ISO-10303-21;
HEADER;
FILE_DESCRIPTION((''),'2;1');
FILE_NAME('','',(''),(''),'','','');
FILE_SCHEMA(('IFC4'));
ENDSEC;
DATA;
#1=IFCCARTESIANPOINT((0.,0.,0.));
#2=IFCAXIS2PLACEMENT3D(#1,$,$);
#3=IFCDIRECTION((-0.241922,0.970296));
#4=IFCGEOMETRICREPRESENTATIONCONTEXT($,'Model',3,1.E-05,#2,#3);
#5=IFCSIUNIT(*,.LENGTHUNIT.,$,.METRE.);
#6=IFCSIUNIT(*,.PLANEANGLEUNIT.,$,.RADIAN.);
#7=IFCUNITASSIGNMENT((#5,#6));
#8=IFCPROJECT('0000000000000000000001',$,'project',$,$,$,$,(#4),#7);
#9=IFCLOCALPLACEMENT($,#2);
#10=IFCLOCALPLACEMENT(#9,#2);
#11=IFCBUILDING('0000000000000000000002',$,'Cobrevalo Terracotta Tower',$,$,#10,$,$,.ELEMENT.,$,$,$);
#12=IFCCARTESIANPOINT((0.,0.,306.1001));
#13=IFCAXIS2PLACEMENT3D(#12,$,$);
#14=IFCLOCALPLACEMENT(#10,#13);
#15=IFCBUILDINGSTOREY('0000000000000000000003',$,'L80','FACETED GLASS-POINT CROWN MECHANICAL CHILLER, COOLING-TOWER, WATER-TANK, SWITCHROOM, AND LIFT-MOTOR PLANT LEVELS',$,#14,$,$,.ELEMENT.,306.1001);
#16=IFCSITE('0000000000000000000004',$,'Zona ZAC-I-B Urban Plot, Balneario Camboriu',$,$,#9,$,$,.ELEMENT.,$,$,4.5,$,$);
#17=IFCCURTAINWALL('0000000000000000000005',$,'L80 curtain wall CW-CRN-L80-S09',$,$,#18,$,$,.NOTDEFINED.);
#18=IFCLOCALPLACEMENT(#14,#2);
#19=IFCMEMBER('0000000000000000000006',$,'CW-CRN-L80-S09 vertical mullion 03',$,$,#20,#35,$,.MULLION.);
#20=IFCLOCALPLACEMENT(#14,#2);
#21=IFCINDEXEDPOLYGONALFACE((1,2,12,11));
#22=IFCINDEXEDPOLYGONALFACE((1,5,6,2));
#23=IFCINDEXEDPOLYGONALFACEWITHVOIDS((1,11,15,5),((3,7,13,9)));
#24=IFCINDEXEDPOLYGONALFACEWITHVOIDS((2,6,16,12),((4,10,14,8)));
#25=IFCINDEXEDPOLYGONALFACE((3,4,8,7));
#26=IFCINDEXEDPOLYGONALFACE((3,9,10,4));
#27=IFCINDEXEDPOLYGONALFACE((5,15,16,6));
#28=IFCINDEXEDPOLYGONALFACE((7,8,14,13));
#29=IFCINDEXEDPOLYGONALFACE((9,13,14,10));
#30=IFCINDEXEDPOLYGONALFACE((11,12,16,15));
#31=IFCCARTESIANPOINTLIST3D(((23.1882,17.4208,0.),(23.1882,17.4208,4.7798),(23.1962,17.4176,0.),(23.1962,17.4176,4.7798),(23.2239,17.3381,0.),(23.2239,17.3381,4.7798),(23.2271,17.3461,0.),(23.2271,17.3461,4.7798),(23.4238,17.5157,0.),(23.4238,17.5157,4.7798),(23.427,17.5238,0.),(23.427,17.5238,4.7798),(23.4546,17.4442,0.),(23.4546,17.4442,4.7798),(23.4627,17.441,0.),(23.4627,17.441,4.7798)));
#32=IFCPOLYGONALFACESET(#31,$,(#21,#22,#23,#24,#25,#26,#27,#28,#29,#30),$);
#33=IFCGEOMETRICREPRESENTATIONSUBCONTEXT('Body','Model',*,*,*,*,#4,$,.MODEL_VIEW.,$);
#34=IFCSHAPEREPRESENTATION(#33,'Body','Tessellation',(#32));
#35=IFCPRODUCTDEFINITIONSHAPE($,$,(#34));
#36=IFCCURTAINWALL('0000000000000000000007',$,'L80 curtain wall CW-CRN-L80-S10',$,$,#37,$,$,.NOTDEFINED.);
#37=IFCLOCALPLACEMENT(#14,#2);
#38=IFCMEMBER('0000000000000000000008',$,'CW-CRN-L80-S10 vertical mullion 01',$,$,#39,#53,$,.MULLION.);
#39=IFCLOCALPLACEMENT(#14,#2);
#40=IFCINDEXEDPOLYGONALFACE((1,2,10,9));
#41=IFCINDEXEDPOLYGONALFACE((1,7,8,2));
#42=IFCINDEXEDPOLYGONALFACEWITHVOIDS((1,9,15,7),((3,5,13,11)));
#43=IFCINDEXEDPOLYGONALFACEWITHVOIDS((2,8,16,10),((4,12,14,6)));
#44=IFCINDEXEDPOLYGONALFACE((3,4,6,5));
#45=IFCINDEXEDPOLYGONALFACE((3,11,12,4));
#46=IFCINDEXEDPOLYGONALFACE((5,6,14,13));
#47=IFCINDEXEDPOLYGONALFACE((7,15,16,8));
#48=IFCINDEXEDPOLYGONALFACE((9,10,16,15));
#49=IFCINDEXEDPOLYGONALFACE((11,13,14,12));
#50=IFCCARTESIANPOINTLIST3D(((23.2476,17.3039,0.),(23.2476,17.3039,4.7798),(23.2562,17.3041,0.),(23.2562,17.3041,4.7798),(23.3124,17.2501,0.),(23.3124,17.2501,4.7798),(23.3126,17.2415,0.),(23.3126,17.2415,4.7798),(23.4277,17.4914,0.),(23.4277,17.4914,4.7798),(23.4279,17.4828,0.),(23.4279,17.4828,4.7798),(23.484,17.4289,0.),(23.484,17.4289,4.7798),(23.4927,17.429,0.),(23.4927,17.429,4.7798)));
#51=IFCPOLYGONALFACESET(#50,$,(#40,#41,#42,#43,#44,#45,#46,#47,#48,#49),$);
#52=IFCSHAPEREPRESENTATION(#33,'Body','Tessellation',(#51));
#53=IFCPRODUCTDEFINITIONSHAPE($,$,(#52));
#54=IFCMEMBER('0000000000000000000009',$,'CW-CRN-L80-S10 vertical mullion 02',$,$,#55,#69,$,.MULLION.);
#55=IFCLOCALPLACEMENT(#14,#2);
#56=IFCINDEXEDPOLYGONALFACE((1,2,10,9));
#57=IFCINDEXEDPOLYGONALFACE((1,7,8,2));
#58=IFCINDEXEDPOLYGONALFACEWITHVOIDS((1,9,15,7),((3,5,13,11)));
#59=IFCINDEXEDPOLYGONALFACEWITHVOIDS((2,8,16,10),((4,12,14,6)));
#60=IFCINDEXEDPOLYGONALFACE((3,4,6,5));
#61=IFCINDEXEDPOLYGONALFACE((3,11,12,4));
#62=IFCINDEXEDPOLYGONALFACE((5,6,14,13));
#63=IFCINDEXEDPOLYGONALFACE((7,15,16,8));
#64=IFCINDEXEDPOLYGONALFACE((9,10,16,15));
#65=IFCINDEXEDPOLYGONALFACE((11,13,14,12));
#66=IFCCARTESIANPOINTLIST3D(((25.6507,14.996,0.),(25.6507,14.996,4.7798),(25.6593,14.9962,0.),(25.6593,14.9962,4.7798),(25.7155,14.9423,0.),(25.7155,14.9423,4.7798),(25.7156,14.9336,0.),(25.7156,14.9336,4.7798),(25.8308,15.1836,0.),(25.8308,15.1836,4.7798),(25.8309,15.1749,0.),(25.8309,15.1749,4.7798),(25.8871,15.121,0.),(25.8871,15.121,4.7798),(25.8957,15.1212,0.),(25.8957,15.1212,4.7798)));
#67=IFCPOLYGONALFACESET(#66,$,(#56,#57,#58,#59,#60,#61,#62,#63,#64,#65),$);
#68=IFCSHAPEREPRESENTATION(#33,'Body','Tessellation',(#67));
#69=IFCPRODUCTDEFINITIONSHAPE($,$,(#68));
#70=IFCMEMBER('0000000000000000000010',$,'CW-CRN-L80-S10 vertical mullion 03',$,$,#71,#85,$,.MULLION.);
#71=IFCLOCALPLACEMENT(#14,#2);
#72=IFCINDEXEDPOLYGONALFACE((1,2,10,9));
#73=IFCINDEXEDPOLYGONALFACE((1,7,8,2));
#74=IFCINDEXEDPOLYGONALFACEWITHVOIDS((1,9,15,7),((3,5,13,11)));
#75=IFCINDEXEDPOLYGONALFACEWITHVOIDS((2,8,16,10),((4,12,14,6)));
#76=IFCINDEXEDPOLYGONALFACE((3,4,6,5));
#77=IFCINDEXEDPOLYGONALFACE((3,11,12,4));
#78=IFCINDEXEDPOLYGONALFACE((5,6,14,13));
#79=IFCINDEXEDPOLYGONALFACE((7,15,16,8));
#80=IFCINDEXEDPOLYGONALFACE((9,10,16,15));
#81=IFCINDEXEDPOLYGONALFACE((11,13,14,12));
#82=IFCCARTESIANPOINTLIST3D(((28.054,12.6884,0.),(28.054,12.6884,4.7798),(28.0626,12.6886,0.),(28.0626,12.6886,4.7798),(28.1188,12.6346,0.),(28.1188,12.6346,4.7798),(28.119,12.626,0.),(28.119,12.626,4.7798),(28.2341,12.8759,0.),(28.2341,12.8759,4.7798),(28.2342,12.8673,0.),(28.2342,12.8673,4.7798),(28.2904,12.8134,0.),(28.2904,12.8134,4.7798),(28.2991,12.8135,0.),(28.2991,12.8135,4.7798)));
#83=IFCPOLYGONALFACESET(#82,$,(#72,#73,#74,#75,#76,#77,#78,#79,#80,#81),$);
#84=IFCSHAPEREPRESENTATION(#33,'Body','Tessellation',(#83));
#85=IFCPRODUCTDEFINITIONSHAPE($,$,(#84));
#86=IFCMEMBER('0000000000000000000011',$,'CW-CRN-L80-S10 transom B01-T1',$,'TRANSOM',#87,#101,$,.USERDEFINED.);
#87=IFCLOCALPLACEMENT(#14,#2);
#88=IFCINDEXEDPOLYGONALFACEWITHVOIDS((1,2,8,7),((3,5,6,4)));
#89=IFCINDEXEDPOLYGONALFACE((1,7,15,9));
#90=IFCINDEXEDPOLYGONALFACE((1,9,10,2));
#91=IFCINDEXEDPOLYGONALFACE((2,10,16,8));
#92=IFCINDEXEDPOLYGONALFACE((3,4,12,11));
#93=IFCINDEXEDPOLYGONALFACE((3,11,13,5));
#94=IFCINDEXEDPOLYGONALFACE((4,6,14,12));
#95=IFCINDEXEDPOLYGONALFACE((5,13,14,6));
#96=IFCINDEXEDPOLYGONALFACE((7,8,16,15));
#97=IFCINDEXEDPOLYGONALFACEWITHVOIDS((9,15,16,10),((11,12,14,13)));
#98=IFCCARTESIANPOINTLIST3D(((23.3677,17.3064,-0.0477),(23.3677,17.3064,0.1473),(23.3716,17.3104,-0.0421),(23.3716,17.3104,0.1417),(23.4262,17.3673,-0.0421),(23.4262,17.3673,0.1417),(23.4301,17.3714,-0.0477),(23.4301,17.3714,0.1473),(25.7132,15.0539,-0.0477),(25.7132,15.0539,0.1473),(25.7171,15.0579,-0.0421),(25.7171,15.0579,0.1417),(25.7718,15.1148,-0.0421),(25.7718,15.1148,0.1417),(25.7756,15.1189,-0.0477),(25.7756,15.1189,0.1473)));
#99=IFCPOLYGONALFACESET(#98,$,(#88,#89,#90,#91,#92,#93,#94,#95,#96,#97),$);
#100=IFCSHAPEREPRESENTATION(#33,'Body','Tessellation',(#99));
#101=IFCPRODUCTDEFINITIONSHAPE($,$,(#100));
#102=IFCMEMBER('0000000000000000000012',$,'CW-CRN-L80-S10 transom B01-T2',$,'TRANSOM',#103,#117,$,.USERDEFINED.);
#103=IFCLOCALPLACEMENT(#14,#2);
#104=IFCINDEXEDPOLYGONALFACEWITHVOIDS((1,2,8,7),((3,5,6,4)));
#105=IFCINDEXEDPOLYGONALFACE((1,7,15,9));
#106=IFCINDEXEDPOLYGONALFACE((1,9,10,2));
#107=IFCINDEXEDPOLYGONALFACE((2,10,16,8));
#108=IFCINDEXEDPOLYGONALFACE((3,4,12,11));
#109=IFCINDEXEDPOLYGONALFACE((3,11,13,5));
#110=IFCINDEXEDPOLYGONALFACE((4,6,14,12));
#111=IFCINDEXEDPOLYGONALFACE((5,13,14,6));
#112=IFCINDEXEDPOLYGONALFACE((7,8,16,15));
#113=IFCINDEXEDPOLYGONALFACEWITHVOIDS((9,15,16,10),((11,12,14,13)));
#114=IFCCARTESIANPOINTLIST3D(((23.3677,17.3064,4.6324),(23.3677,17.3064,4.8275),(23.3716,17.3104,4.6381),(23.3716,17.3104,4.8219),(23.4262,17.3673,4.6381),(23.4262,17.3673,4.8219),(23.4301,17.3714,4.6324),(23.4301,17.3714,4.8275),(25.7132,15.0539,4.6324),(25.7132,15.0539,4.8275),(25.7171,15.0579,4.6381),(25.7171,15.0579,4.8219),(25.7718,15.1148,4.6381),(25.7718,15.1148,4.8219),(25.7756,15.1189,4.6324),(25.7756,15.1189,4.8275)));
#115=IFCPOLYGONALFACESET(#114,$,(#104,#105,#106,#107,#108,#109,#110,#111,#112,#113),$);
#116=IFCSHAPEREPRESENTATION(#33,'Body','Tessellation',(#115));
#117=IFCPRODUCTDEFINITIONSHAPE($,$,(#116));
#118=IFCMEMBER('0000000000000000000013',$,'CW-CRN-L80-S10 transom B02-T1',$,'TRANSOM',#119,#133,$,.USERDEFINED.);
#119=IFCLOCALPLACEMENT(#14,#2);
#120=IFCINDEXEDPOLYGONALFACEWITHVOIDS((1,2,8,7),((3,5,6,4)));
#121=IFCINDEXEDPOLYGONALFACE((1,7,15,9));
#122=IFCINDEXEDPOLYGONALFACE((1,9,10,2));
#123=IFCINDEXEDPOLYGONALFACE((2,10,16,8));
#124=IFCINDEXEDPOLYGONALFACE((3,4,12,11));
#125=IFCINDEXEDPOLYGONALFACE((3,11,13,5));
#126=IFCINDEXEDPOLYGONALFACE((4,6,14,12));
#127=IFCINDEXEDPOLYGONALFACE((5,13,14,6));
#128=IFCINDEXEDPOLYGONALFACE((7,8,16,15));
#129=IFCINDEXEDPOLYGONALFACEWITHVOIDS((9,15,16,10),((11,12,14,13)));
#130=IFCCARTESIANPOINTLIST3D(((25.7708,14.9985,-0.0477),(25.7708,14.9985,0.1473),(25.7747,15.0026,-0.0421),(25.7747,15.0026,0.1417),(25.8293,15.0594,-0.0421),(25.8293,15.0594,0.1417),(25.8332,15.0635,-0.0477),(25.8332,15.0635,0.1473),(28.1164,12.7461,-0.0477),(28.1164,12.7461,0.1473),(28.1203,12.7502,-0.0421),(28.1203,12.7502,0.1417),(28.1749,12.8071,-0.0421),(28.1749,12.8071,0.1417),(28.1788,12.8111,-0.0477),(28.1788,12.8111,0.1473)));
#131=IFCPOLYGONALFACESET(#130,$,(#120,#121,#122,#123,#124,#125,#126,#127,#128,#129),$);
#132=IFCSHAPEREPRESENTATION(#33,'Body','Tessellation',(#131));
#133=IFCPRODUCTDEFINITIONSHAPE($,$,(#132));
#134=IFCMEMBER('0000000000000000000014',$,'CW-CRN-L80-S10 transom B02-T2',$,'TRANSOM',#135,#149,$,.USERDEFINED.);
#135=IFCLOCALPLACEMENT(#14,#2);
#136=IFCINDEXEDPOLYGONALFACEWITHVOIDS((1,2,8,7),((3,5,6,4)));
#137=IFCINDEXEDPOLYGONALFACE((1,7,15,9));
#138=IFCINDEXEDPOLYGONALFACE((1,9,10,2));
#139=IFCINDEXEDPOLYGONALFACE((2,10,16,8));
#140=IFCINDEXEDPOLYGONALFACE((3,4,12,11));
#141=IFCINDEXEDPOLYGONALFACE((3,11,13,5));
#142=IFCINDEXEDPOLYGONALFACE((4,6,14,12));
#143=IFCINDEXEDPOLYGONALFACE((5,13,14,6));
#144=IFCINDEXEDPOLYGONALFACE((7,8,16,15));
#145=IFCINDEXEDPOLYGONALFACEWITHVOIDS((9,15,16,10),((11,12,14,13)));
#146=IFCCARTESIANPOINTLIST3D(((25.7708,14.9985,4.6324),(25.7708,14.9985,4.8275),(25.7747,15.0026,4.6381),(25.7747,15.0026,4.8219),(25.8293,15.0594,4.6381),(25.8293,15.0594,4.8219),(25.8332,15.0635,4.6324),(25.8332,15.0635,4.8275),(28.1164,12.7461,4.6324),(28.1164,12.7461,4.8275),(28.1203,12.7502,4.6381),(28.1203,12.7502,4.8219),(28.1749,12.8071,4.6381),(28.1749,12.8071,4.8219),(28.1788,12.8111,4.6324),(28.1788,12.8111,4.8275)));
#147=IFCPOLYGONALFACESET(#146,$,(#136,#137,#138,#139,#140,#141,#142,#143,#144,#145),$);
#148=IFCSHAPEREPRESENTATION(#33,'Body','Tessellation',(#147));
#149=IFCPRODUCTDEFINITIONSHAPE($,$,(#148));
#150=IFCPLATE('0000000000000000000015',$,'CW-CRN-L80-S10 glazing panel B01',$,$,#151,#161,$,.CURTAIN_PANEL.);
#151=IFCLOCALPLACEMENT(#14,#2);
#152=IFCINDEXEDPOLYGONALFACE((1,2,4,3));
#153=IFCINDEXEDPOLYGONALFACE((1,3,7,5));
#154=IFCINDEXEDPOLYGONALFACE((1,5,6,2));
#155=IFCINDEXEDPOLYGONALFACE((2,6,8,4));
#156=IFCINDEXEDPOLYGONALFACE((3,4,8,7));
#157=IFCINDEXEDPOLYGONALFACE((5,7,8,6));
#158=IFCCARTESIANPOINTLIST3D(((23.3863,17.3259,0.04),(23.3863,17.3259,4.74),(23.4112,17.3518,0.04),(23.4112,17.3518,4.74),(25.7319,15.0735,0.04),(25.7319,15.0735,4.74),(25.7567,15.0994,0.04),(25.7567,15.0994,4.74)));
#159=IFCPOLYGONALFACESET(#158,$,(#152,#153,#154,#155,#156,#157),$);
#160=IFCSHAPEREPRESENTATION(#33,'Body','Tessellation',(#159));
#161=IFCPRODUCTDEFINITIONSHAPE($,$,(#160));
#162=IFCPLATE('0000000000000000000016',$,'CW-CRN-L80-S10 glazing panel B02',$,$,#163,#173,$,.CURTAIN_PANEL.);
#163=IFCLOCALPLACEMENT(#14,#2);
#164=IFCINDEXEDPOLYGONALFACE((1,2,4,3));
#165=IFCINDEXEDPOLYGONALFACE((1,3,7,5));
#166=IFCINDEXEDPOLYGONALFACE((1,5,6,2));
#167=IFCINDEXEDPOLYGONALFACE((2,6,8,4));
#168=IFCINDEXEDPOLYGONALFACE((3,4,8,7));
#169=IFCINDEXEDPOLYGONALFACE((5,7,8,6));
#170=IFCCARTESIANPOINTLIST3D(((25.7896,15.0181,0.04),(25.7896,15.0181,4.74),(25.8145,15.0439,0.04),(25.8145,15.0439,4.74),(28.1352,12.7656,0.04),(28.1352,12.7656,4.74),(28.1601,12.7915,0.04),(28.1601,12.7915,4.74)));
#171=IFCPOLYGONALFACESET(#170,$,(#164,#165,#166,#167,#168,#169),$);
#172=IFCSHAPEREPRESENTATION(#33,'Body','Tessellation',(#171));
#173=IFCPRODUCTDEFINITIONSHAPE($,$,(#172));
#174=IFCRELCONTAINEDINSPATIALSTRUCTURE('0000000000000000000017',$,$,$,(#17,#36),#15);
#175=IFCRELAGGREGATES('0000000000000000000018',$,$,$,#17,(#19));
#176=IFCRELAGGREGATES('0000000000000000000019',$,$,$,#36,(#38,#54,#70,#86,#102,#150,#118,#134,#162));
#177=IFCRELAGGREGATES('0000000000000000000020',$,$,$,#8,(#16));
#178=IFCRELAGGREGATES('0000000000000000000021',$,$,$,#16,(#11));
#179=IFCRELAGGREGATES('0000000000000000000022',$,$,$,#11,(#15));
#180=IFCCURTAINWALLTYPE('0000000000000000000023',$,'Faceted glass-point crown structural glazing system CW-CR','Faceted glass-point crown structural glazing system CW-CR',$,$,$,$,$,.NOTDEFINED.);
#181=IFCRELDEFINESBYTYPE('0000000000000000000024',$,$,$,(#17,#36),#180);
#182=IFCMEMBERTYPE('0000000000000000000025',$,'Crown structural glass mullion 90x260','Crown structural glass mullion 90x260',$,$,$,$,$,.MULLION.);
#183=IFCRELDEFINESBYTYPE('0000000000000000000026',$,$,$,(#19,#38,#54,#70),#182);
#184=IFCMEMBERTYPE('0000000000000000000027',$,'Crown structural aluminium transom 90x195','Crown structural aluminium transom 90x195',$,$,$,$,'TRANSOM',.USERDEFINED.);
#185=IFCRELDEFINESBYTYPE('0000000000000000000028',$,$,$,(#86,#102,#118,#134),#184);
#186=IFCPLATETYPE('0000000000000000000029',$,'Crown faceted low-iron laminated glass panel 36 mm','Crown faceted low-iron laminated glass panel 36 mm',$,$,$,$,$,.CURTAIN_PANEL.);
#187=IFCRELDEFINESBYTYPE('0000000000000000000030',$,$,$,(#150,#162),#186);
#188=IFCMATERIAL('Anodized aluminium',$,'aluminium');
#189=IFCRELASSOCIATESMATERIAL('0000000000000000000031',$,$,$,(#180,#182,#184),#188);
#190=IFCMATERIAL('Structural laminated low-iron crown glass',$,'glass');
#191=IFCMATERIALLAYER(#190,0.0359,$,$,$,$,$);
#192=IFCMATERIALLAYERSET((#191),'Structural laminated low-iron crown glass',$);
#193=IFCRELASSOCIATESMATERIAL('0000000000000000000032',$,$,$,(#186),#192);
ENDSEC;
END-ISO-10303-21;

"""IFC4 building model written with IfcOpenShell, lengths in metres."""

from ifc_helpers import new_model, si_unit, direction, frame, origin, origin_2d, place, context, subcontext, project, spatial, rectangle, hollow_rectangle, extrude, source, transform, mapped, material, layer, layer_set, material_profile, profile_set, type_object, element, aggregate, save


model = new_model("IFC4")

# Units and contexts
model_context = context("Model", 3, precision=1e-05, world=origin(), true_north=direction((-0.241922, 0.970296)))
body_context = subcontext(model_context, "Body", "Model", "MODEL_VIEW")
ifc_project = project(units=[si_unit("LENGTHUNIT", "METRE"), si_unit("PLANEANGLEUNIT", "RADIAN")], contexts=[model_context])

# Site, building, storey
site_placement = place(None, origin())
site = spatial("IfcSite", under=ifc_project, at=site_placement, Name="Zona ZAC-I-B Urban Plot, Balneario Camboriu", CompositionType="ELEMENT", RefElevation=4.5)
building_placement = place(site_placement, origin())
building = spatial("IfcBuilding", under=site, at=building_placement, Name="Cobrevalo Terracotta Tower", CompositionType="ELEMENT")
storey_placement = place(building_placement, frame((0.0, 0.0, 306.1001)))
storey = spatial("IfcBuildingStorey", under=building, at=storey_placement, Name="L80", Description="FACETED GLASS-POINT CROWN MECHANICAL CHILLER, COOLING-TOWER, WATER-TANK, SWITCHROOM, AND LIFT-MOTOR PLANT LEVELS", CompositionType="ELEMENT", Elevation=306.1001)

# Curtain wall, member
ifc_material_1 = material(Name="Anodized aluminium", Category="aluminium")
curtain_wall_type = type_object("IfcCurtainWallType", Name="Faceted glass-point crown structural glazing system CW-CR", Description="Faceted glass-point crown structural glazing system CW-CR", PredefinedType="NOTDEFINED", material=ifc_material_1)
curtain_wall_1_placement = place(storey_placement, origin())
curtain_wall_1 = element("IfcCurtainWall", 1, at=curtain_wall_1_placement, inside=storey, type_object=curtain_wall_type, Name="L80 curtain wall CW-CRN-L80-S09", PredefinedType="NOTDEFINED")
ifc_material_profile_1 = material_profile(ifc_material_1, hollow_rectangle(XDim=0.0901, YDim=0.26, WallThickness=0.0061, at=origin_2d()), Name="CWM 90x260")
ifc_profile_set_1 = profile_set([ifc_material_profile_1], Name="Anodized aluminium")
member_type_1 = type_object("IfcMemberType", Name="Crown structural glass mullion 90x260", Description="Crown structural glass mullion 90x260", PredefinedType="MULLION", material=ifc_profile_set_1)
shared_shape_1 = source(origin(), body_context, "Body", "SweptSolid", [
    extrude(hollow_rectangle(XDim=0.0901, YDim=0.26, WallThickness=0.0061, at=origin_2d()), origin(), (0.0, 0.0, 1.0), 4.7798),
])
member_1_placement = place(storey_placement, frame((23.3254, 17.4309, 0.0), z_axis=(0.0, 0.0, 1.0), x_axis=(0.396058, -0.918225, 0.0)))
member_1 = element("IfcMember", 2, at=member_1_placement, type_object=member_type_1, Name="CW-CRN-L80-S09 vertical mullion 03", PredefinedType="MULLION", context=body_context, shape_type="MappedRepresentation", body=[
    mapped(shared_shape_1, transform((0.0, 0.0, 0.0), scale=1.0)),
])
aggregate(curtain_wall_1, [member_1])

# Curtain wall, members, plates
curtain_wall_2_placement = place(storey_placement, origin())
curtain_wall_2 = element("IfcCurtainWall", 3, at=curtain_wall_2_placement, inside=storey, type_object=curtain_wall_type, Name="L80 curtain wall CW-CRN-L80-S10", PredefinedType="NOTDEFINED")
member_2_placement = place(storey_placement, frame((23.3701, 17.3665, 0.0), z_axis=(0.0, 0.0, 1.0), x_axis=(0.721277, -0.692647, 0.0)))
member_2 = element("IfcMember", 4, at=member_2_placement, type_object=member_type_1, Name="CW-CRN-L80-S10 vertical mullion 01", PredefinedType="MULLION", context=body_context, shape_type="MappedRepresentation", body=[
    mapped(shared_shape_1, transform((0.0, 0.0, 0.0), scale=1.0)),
])
member_3_placement = place(storey_placement, frame((25.7732, 15.0586, 0.0), z_axis=(0.0, 0.0, 1.0), x_axis=(0.721277, -0.692647, 0.0)))
member_3 = element("IfcMember", 5, at=member_3_placement, type_object=member_type_1, Name="CW-CRN-L80-S10 vertical mullion 02", PredefinedType="MULLION", context=body_context, shape_type="MappedRepresentation", body=[
    mapped(shared_shape_1, transform((0.0, 0.0, 0.0), scale=1.0)),
])
member_4_placement = place(storey_placement, frame((28.1765, 12.751, 0.0), z_axis=(0.0, 0.0, 1.0), x_axis=(0.721277, -0.692647, 0.0)))
member_4 = element("IfcMember", 6, at=member_4_placement, type_object=member_type_1, Name="CW-CRN-L80-S10 vertical mullion 03", PredefinedType="MULLION", context=body_context, shape_type="MappedRepresentation", body=[
    mapped(shared_shape_1, transform((0.0, 0.0, 0.0), scale=1.0)),
])
ifc_material_profile_2 = material_profile(ifc_material_1, hollow_rectangle(XDim=0.0901, YDim=0.1951, WallThickness=0.0056, at=origin_2d()), Name="CWT 90x195")
ifc_profile_set_2 = profile_set([ifc_material_profile_2], Name="Anodized aluminium")
member_type_2 = type_object("IfcMemberType", Name="Crown structural aluminium transom 90x195", Description="Crown structural aluminium transom 90x195", ElementType="TRANSOM", PredefinedType="USERDEFINED", material=ifc_profile_set_2)
shared_shape_2 = source(origin(), body_context, "Body", "SweptSolid", [
    extrude(hollow_rectangle(XDim=0.0901, YDim=0.1951, WallThickness=0.0056, at=origin_2d()), origin(), (0.0, 0.0, 1.0), 3.252),
])
member_5_placement = place(storey_placement, frame((23.3989, 17.3389, 0.0498), z_axis=(0.721264, -0.69266, 0.0), x_axis=(0.69266, 0.721264, 0.0)))
member_5 = element("IfcMember", 7, at=member_5_placement, type_object=member_type_2, Name="CW-CRN-L80-S10 transom B01-T1", ObjectType="TRANSOM", PredefinedType="USERDEFINED", context=body_context, shape_type="MappedRepresentation", body=[
    mapped(shared_shape_2, transform((0.0, 0.0, 0.0), scale=1.0)),
])
member_6_placement = place(storey_placement, frame((23.3989, 17.3389, 4.73), z_axis=(0.721264, -0.69266, 0.0), x_axis=(0.69266, 0.721264, 0.0)))
member_6 = element("IfcMember", 8, at=member_6_placement, type_object=member_type_2, Name="CW-CRN-L80-S10 transom B01-T2", ObjectType="TRANSOM", PredefinedType="USERDEFINED", context=body_context, shape_type="MappedRepresentation", body=[
    mapped(shared_shape_2, transform((0.0, 0.0, 0.0), scale=1.0)),
])
member_7_placement = place(storey_placement, frame((25.802, 15.031, 0.0498), z_axis=(0.7213, -0.692622, 0.0), x_axis=(0.692622, 0.7213, 0.0)))
member_7 = element("IfcMember", 9, at=member_7_placement, type_object=member_type_2, Name="CW-CRN-L80-S10 transom B02-T1", ObjectType="TRANSOM", PredefinedType="USERDEFINED", context=body_context, shape_type="MappedRepresentation", body=[
    mapped(shared_shape_2, transform((0.0, 0.0, 0.0), scale=1.0)),
])
member_8_placement = place(storey_placement, frame((25.802, 15.031, 4.73), z_axis=(0.7213, -0.692622, 0.0), x_axis=(0.692622, 0.7213, 0.0)))
member_8 = element("IfcMember", 10, at=member_8_placement, type_object=member_type_2, Name="CW-CRN-L80-S10 transom B02-T2", ObjectType="TRANSOM", PredefinedType="USERDEFINED", context=body_context, shape_type="MappedRepresentation", body=[
    mapped(shared_shape_2, transform((0.0, 0.0, 0.0), scale=1.0)),
])
ifc_material_2 = material(Name="Structural laminated low-iron crown glass", Category="glass")
ifc_layer_1 = layer(ifc_material_2, 0.0359)
ifc_layer_set_1 = layer_set([ifc_layer_1], Name="Structural laminated low-iron crown glass")
plate_type = type_object("IfcPlateType", Name="Crown faceted low-iron laminated glass panel 36 mm", Description="Crown faceted low-iron laminated glass panel 36 mm", PredefinedType="CURTAIN_PANEL", material=ifc_layer_set_1)
shared_shape_3 = source(origin(), body_context, "Body", "SweptSolid", [
    extrude(rectangle(XDim=3.252, YDim=0.0359, at=origin_2d()), origin(), (0.0, 0.0, 1.0), 4.7),
])
plate_1_placement = place(storey_placement, frame((24.5715, 16.2126, 0.04), z_axis=(0.0, 0.0, 1.0), x_axis=(0.72128, -0.692643, 0.0)))
plate_1 = element("IfcPlate", 11, at=plate_1_placement, type_object=plate_type, Name="CW-CRN-L80-S10 glazing panel B01", PredefinedType="CURTAIN_PANEL", context=body_context, shape_type="MappedRepresentation", body=[
    mapped(shared_shape_3, transform((0.0, 0.0, 0.0), scale=1.0)),
])
plate_2_placement = place(storey_placement, frame((26.9749, 13.9048, 0.04), z_axis=(0.0, 0.0, 1.0), x_axis=(0.72128, -0.692643, 0.0)))
plate_2 = element("IfcPlate", 12, at=plate_2_placement, type_object=plate_type, Name="CW-CRN-L80-S10 glazing panel B02", PredefinedType="CURTAIN_PANEL", context=body_context, shape_type="MappedRepresentation", body=[
    mapped(shared_shape_3, transform((0.0, 0.0, 0.0), scale=1.0)),
])
aggregate(curtain_wall_2, [member_2, member_3, member_4, member_5, member_6, plate_1, member_7, member_8, plate_2])

save(model, "model.ifc")
